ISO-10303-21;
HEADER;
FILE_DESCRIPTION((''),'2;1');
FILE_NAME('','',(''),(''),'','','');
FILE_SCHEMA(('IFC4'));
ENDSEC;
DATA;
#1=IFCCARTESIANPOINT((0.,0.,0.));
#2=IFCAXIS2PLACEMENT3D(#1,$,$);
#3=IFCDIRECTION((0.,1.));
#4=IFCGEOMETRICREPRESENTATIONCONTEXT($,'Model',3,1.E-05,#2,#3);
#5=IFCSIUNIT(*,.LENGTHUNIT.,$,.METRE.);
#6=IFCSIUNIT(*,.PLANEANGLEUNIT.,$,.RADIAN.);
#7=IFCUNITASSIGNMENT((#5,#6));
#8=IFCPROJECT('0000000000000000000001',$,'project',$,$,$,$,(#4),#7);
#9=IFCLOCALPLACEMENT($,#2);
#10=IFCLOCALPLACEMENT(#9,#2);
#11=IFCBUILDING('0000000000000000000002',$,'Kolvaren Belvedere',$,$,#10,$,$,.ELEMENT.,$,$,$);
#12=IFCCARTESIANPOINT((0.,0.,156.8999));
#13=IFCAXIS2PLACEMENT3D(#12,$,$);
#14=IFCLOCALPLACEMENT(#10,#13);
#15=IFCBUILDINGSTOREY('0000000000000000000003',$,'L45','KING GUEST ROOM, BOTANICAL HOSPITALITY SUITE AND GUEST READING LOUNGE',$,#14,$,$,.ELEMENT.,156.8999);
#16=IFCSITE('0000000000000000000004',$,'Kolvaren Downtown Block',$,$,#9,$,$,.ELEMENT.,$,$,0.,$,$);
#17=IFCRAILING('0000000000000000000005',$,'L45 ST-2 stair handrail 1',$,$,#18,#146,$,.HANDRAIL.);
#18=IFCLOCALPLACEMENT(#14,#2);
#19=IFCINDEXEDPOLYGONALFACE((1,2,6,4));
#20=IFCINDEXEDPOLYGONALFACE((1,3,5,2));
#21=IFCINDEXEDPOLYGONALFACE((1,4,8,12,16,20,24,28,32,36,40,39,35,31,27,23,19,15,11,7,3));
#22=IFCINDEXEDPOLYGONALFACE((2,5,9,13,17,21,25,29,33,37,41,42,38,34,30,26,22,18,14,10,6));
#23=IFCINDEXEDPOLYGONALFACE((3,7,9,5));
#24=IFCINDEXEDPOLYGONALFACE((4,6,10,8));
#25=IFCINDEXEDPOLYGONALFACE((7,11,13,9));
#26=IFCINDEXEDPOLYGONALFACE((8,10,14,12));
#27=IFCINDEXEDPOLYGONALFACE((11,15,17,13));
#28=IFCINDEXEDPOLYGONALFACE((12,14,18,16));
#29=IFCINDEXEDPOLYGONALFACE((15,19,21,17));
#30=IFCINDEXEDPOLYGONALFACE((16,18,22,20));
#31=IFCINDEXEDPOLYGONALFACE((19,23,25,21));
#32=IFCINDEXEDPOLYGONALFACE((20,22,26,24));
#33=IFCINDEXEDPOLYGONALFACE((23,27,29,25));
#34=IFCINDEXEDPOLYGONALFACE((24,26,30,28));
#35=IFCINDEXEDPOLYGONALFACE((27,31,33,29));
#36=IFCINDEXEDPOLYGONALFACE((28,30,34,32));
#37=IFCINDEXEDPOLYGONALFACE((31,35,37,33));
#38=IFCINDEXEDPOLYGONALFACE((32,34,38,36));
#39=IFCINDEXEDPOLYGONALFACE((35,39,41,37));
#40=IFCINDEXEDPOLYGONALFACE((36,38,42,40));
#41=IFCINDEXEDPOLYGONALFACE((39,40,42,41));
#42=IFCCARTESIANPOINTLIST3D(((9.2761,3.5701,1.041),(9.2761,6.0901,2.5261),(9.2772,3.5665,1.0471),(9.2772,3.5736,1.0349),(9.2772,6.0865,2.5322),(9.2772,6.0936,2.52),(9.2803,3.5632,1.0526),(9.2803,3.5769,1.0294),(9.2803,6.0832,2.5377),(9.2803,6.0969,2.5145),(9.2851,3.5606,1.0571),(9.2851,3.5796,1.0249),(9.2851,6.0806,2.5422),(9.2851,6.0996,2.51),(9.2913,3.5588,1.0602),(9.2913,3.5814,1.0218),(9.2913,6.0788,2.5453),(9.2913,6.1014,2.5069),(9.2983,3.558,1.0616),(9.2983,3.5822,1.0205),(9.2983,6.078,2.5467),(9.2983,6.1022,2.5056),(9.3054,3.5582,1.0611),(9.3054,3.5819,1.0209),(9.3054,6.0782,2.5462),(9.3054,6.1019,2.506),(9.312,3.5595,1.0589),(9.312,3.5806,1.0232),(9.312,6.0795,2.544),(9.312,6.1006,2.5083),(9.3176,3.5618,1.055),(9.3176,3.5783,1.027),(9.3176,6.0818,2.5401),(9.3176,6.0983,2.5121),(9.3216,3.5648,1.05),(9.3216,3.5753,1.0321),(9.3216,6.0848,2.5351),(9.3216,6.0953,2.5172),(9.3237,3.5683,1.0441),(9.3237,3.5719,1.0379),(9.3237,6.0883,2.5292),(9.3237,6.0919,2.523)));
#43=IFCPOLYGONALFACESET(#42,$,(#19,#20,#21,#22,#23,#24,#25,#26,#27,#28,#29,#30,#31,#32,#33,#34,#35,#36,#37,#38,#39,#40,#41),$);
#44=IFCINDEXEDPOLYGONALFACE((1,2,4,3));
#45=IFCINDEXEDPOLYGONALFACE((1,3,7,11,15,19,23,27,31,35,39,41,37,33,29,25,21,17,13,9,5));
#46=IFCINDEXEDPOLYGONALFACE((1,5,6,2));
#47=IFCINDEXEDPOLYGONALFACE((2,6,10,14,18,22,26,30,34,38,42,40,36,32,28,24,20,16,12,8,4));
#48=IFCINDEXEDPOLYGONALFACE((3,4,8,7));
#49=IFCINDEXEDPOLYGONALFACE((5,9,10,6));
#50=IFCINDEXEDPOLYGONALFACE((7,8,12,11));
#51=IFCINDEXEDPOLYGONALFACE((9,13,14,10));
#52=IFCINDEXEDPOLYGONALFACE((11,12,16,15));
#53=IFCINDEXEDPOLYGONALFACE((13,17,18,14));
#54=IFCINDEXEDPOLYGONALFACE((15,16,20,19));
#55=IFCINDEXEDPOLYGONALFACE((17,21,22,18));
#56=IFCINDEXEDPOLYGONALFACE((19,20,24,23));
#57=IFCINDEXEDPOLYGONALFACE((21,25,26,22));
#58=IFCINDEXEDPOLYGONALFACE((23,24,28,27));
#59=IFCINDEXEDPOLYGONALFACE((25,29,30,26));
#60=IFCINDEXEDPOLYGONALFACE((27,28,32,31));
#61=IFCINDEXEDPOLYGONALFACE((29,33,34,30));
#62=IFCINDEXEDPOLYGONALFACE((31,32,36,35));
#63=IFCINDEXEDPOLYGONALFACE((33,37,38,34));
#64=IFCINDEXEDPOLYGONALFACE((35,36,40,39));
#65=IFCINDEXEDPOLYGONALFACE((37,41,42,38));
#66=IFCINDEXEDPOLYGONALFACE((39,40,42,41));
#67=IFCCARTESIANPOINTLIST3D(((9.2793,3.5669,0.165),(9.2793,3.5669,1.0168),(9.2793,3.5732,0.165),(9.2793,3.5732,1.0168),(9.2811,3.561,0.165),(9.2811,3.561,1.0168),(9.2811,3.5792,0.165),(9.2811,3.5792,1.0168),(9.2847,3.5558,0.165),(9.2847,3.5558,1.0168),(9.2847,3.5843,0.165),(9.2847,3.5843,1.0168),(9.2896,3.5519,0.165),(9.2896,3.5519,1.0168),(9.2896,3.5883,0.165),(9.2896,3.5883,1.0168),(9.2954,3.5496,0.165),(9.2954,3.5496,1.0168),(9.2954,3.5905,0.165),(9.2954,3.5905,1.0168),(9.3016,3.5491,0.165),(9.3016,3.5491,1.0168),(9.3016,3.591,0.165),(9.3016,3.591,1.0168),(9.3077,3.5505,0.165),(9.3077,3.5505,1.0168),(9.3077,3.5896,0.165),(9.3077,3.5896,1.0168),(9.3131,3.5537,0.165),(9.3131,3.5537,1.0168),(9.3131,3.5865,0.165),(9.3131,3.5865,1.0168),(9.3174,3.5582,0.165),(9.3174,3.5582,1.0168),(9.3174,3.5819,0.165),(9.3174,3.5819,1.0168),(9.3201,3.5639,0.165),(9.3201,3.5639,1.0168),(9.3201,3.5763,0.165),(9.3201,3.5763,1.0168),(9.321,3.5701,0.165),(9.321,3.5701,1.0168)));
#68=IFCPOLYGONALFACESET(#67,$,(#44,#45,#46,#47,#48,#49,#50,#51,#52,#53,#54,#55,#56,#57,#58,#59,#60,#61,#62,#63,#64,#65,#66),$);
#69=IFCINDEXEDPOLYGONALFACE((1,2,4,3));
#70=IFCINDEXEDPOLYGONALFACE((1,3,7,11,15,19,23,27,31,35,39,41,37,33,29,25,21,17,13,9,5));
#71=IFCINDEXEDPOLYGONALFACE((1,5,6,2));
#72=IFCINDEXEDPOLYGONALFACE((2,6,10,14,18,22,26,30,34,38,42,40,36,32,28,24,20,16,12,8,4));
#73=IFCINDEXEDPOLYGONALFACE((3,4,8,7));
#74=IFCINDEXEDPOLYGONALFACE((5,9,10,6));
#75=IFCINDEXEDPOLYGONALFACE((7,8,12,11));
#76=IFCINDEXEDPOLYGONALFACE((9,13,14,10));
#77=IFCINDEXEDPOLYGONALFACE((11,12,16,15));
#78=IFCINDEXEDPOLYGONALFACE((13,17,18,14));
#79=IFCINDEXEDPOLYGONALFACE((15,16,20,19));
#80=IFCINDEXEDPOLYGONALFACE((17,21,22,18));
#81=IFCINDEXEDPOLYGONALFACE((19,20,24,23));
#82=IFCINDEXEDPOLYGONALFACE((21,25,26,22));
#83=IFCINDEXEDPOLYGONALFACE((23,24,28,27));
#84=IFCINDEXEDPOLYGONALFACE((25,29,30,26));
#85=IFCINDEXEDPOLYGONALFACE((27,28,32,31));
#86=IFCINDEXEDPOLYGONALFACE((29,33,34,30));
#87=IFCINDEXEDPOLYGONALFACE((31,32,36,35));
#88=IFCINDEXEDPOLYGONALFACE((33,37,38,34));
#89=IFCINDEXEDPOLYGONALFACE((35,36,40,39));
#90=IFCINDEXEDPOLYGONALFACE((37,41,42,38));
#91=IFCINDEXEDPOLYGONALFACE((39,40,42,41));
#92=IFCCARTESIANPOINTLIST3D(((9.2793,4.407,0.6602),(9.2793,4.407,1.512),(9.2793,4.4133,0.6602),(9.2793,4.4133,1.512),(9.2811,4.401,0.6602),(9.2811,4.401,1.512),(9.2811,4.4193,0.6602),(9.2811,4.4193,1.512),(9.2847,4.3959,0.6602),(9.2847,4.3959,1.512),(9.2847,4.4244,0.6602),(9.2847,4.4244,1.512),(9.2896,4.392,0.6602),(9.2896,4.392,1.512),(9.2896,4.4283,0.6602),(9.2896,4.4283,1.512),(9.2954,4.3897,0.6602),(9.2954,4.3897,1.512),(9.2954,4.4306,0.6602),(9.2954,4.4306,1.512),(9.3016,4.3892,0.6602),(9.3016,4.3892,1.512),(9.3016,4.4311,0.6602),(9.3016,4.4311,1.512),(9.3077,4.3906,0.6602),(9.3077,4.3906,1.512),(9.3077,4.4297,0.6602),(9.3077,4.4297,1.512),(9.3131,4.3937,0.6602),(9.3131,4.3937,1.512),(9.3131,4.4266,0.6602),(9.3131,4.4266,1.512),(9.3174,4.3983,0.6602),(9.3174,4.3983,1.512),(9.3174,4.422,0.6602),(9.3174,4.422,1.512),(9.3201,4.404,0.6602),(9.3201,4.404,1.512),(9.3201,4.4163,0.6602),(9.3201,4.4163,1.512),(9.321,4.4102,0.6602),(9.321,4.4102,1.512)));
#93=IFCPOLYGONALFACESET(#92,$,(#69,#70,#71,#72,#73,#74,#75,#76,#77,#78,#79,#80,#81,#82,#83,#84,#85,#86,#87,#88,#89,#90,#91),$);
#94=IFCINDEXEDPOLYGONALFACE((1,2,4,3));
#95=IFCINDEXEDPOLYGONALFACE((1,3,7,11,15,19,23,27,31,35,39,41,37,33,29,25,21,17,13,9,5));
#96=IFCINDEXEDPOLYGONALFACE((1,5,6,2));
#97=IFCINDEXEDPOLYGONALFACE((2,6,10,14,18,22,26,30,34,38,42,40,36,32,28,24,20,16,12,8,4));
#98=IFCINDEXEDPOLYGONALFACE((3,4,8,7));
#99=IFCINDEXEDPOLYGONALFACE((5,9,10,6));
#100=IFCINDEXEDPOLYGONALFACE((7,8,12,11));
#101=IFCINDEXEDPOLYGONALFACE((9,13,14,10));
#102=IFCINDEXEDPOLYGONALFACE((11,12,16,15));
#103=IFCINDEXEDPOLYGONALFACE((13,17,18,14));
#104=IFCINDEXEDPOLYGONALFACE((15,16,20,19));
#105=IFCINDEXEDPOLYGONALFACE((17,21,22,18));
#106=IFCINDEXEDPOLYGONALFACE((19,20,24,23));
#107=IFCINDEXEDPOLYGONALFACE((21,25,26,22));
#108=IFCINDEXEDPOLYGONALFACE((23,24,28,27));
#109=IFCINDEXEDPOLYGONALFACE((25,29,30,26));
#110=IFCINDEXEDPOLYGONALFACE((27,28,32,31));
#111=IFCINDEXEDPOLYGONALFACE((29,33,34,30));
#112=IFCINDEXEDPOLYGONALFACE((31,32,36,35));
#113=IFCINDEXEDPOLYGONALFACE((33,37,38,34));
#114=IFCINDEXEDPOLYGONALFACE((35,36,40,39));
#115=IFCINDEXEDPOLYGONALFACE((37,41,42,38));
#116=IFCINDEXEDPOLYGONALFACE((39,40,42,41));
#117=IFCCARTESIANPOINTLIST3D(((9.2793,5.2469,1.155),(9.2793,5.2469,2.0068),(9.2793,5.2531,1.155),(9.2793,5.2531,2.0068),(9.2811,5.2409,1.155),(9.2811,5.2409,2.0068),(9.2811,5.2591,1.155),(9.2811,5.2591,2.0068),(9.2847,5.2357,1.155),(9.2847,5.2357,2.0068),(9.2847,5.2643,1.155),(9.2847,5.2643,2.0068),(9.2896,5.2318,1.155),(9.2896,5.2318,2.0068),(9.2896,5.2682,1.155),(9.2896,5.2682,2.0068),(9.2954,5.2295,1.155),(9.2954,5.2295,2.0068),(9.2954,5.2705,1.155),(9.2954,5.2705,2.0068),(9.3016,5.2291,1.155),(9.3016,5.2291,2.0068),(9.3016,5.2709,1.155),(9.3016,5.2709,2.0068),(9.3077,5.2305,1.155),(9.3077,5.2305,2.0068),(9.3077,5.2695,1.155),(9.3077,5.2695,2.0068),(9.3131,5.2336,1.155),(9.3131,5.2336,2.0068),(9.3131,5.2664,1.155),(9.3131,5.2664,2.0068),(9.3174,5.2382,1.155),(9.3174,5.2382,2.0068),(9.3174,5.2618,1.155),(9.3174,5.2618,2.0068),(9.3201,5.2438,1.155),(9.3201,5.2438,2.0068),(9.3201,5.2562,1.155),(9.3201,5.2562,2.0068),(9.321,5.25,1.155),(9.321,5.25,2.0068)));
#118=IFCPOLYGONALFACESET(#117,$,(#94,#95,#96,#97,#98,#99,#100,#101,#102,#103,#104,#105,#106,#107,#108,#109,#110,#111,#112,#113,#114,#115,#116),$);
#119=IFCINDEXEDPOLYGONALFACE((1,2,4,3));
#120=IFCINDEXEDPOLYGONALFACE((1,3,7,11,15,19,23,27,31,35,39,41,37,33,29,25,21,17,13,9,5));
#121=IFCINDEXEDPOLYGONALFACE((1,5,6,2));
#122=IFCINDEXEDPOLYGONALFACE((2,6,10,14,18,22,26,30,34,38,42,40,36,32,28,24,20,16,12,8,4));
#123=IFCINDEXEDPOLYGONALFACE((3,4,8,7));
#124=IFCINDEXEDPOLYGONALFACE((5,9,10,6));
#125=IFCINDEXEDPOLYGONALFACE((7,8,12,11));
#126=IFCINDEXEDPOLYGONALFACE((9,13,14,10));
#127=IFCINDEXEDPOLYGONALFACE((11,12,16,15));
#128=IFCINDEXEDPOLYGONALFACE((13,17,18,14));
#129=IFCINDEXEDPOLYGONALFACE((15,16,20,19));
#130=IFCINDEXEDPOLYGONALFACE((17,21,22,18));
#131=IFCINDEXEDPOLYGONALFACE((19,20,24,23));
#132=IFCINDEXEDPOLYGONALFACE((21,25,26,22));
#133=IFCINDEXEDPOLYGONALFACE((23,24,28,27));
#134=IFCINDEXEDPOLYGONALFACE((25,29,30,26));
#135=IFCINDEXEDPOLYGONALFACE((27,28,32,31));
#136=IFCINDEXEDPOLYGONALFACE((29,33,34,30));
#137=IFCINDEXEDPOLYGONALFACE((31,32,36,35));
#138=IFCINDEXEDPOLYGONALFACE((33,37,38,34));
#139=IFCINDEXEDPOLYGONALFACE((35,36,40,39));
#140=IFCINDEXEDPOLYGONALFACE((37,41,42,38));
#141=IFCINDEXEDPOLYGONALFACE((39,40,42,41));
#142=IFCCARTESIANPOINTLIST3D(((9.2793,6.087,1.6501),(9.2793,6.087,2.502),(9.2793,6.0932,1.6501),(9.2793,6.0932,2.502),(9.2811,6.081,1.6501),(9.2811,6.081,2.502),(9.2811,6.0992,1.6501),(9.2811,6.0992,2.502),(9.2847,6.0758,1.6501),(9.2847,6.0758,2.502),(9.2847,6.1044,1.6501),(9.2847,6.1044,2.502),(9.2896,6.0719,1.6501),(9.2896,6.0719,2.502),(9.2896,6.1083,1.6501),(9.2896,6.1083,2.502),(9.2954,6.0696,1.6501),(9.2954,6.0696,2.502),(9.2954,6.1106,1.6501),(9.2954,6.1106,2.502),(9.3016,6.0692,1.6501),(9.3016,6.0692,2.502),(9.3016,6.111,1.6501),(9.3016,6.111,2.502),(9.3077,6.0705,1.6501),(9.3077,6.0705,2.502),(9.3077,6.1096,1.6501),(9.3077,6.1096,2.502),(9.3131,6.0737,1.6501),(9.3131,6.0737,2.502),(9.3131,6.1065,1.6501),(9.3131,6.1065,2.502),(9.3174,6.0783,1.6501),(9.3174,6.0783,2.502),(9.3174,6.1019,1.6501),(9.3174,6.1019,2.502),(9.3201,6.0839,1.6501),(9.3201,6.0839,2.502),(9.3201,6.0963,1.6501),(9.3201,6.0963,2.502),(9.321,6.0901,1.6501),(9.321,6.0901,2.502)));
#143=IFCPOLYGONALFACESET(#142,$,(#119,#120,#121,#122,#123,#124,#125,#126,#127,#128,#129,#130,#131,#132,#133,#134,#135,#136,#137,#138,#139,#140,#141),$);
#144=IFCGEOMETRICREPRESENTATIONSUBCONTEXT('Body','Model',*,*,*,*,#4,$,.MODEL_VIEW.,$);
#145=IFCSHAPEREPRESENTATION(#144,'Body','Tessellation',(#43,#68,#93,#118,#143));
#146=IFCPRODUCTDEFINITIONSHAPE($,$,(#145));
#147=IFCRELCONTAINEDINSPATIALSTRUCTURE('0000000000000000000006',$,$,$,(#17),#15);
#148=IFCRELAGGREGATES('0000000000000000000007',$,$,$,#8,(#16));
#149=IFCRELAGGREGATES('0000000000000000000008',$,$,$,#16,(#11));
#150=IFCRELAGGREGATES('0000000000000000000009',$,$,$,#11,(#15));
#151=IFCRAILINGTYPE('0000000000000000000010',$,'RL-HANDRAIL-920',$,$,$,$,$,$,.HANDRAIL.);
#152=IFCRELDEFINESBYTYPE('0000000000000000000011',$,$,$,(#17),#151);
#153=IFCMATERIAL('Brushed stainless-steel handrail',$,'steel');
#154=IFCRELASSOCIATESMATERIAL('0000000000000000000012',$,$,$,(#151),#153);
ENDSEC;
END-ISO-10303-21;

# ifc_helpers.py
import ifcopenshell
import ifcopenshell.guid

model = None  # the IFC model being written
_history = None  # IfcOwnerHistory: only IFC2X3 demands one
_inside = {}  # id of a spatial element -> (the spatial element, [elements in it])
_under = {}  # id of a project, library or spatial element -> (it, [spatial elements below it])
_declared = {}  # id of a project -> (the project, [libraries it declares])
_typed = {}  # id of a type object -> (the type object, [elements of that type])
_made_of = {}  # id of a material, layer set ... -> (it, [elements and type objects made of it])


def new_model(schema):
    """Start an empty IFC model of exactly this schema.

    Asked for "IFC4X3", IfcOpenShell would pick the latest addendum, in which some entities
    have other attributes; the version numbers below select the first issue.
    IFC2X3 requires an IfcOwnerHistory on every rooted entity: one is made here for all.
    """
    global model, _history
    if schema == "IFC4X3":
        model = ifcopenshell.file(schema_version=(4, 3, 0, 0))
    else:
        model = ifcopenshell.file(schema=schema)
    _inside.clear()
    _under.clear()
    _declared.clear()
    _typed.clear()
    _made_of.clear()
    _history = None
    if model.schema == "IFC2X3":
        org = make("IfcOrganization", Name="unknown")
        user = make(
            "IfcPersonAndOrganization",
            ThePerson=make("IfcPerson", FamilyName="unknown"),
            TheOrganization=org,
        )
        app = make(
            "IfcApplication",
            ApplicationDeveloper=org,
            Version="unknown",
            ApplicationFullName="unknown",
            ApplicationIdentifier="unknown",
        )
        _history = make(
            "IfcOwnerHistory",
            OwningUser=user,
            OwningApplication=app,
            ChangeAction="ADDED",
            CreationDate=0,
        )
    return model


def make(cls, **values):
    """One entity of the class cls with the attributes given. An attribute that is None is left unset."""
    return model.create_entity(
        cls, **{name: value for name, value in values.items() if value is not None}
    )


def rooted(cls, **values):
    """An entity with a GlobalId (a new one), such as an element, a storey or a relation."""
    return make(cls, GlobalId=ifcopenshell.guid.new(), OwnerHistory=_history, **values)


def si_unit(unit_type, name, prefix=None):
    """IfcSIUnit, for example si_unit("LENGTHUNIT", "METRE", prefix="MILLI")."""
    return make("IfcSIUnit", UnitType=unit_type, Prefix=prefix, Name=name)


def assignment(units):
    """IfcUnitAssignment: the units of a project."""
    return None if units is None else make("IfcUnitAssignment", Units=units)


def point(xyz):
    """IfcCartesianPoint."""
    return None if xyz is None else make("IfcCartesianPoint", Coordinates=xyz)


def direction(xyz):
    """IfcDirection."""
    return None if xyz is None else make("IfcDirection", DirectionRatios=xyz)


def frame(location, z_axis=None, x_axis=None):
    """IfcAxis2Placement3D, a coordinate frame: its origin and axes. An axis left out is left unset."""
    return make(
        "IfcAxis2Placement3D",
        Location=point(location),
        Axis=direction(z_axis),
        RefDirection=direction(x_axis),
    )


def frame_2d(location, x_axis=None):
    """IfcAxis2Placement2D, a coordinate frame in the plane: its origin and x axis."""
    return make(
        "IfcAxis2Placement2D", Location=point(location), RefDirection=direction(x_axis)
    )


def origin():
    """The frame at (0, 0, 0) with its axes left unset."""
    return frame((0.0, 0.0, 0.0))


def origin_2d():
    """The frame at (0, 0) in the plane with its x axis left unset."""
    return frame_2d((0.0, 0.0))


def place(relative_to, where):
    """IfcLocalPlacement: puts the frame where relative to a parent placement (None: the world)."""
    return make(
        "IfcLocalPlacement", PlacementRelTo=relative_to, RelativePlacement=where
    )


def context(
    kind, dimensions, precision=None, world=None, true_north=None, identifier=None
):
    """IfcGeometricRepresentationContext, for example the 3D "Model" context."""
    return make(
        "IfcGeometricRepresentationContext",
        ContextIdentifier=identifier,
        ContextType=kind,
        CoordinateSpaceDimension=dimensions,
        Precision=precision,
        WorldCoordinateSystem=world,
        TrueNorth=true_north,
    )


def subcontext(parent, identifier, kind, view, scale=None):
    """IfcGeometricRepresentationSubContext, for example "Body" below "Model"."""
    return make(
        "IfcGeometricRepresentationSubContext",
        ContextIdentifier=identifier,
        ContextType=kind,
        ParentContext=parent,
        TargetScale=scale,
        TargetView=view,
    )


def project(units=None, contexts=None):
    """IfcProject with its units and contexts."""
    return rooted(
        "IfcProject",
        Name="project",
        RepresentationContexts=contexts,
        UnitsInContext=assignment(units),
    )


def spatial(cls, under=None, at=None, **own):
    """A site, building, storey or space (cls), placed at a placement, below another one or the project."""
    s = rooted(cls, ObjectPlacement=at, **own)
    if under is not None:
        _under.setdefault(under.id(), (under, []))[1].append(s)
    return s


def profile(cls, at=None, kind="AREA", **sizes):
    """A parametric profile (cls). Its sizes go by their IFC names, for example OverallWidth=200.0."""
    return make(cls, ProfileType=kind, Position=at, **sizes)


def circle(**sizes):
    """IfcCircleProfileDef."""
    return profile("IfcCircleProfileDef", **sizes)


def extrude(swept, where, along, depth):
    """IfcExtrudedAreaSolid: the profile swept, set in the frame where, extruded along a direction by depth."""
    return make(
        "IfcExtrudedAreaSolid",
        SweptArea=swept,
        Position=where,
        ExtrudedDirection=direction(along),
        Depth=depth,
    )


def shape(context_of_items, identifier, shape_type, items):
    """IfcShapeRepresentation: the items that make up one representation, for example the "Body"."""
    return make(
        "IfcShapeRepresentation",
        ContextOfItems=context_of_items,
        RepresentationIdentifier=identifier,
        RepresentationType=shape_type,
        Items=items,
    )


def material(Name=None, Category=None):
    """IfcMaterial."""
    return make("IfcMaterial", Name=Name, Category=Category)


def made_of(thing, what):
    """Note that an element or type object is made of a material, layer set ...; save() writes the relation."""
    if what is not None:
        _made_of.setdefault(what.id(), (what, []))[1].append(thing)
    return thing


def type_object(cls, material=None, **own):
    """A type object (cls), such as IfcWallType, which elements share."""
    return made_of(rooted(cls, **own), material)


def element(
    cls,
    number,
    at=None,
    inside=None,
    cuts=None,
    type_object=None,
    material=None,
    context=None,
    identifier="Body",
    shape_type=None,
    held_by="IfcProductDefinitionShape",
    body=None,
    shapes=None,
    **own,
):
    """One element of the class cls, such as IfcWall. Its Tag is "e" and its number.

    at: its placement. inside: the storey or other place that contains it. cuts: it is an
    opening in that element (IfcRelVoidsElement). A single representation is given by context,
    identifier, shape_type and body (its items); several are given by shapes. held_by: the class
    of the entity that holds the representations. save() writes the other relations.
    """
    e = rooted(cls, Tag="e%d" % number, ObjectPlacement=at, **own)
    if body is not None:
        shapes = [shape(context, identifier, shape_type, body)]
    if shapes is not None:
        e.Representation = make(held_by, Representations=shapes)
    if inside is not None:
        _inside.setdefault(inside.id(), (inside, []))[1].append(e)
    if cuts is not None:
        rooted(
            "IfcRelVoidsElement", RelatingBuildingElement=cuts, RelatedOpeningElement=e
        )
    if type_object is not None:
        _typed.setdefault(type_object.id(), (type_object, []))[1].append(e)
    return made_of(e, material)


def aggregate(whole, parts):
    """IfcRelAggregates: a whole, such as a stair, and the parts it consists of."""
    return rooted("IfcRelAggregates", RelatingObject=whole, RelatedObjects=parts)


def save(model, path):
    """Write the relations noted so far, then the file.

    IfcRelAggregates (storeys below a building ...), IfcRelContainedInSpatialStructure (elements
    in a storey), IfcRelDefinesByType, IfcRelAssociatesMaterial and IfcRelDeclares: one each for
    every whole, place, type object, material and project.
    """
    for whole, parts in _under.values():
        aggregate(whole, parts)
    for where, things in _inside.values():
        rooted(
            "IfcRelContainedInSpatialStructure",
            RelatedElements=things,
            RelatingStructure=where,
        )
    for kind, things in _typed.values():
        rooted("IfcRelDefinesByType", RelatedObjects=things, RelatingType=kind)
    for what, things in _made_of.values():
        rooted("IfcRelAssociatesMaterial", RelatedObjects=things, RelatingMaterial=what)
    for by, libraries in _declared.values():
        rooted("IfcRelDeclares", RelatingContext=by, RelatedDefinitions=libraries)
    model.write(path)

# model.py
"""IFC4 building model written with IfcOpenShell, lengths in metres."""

from ifc_helpers import new_model, si_unit, direction, frame, origin, origin_2d, place, context, subcontext, project, spatial, circle, extrude, material, type_object, element, save


model = new_model("IFC4")

# Units and contexts
model_context = context("Model", 3, precision=1e-05, world=origin(), true_north=direction((0.0, 1.0)))
body_context = subcontext(model_context, "Body", "Model", "MODEL_VIEW")
ifc_project = project(units=[si_unit("LENGTHUNIT", "METRE"), si_unit("PLANEANGLEUNIT", "RADIAN")], contexts=[model_context])

# Site, building, storey
site_placement = place(None, origin())
site = spatial("IfcSite", under=ifc_project, at=site_placement, Name="Kolvaren Downtown Block", CompositionType="ELEMENT", RefElevation=0.0)
building_placement = place(site_placement, origin())
building = spatial("IfcBuilding", under=site, at=building_placement, Name="Kolvaren Belvedere", CompositionType="ELEMENT")
storey_placement = place(building_placement, frame((0.0, 0.0, 156.8999)))
storey = spatial("IfcBuildingStorey", under=building, at=storey_placement, Name="L45", Description="KING GUEST ROOM, BOTANICAL HOSPITALITY SUITE AND GUEST READING LOUNGE", CompositionType="ELEMENT", Elevation=156.8999)

# Railing
ifc_material_1 = material(Name="Brushed stainless-steel handrail", Category="steel")
railing_type_1 = type_object("IfcRailingType", Name="RL-HANDRAIL-920", PredefinedType="HANDRAIL", material=ifc_material_1)
railing_1_placement = place(storey_placement, frame((9.3, 3.5701, 0.165)))
element("IfcRailing", 1, at=railing_1_placement, inside=storey, type_object=railing_type_1, Name="L45 ST-2 stair handrail 1", PredefinedType="HANDRAIL", context=body_context, shape_type="SweptSolid", body=[
    extrude(circle(Radius=0.0239, at=origin_2d()), frame((0.0, 0.0, 0.876), z_axis=(0.0, 0.861524, 0.507717), x_axis=(-1.0, 0.0, 0.0)), (0.0, 0.0, 1.0), 2.925),
    extrude(circle(Radius=0.021, at=origin_2d()), origin(), (0.0, 0.0, 1.0), 0.8518),
    extrude(circle(Radius=0.021, at=origin_2d()), frame((0.0, 0.8401, 0.4951)), (0.0, 0.0, 1.0), 0.8518),
    extrude(circle(Radius=0.021, at=origin_2d()), frame((0.0, 1.6799, 0.99)), (0.0, 0.0, 1.0), 0.8518),
    extrude(circle(Radius=0.021, at=origin_2d()), frame((0.0, 2.52, 1.4851)), (0.0, 0.0, 1.0), 0.8518),
])

save(model, "model.ifc")
